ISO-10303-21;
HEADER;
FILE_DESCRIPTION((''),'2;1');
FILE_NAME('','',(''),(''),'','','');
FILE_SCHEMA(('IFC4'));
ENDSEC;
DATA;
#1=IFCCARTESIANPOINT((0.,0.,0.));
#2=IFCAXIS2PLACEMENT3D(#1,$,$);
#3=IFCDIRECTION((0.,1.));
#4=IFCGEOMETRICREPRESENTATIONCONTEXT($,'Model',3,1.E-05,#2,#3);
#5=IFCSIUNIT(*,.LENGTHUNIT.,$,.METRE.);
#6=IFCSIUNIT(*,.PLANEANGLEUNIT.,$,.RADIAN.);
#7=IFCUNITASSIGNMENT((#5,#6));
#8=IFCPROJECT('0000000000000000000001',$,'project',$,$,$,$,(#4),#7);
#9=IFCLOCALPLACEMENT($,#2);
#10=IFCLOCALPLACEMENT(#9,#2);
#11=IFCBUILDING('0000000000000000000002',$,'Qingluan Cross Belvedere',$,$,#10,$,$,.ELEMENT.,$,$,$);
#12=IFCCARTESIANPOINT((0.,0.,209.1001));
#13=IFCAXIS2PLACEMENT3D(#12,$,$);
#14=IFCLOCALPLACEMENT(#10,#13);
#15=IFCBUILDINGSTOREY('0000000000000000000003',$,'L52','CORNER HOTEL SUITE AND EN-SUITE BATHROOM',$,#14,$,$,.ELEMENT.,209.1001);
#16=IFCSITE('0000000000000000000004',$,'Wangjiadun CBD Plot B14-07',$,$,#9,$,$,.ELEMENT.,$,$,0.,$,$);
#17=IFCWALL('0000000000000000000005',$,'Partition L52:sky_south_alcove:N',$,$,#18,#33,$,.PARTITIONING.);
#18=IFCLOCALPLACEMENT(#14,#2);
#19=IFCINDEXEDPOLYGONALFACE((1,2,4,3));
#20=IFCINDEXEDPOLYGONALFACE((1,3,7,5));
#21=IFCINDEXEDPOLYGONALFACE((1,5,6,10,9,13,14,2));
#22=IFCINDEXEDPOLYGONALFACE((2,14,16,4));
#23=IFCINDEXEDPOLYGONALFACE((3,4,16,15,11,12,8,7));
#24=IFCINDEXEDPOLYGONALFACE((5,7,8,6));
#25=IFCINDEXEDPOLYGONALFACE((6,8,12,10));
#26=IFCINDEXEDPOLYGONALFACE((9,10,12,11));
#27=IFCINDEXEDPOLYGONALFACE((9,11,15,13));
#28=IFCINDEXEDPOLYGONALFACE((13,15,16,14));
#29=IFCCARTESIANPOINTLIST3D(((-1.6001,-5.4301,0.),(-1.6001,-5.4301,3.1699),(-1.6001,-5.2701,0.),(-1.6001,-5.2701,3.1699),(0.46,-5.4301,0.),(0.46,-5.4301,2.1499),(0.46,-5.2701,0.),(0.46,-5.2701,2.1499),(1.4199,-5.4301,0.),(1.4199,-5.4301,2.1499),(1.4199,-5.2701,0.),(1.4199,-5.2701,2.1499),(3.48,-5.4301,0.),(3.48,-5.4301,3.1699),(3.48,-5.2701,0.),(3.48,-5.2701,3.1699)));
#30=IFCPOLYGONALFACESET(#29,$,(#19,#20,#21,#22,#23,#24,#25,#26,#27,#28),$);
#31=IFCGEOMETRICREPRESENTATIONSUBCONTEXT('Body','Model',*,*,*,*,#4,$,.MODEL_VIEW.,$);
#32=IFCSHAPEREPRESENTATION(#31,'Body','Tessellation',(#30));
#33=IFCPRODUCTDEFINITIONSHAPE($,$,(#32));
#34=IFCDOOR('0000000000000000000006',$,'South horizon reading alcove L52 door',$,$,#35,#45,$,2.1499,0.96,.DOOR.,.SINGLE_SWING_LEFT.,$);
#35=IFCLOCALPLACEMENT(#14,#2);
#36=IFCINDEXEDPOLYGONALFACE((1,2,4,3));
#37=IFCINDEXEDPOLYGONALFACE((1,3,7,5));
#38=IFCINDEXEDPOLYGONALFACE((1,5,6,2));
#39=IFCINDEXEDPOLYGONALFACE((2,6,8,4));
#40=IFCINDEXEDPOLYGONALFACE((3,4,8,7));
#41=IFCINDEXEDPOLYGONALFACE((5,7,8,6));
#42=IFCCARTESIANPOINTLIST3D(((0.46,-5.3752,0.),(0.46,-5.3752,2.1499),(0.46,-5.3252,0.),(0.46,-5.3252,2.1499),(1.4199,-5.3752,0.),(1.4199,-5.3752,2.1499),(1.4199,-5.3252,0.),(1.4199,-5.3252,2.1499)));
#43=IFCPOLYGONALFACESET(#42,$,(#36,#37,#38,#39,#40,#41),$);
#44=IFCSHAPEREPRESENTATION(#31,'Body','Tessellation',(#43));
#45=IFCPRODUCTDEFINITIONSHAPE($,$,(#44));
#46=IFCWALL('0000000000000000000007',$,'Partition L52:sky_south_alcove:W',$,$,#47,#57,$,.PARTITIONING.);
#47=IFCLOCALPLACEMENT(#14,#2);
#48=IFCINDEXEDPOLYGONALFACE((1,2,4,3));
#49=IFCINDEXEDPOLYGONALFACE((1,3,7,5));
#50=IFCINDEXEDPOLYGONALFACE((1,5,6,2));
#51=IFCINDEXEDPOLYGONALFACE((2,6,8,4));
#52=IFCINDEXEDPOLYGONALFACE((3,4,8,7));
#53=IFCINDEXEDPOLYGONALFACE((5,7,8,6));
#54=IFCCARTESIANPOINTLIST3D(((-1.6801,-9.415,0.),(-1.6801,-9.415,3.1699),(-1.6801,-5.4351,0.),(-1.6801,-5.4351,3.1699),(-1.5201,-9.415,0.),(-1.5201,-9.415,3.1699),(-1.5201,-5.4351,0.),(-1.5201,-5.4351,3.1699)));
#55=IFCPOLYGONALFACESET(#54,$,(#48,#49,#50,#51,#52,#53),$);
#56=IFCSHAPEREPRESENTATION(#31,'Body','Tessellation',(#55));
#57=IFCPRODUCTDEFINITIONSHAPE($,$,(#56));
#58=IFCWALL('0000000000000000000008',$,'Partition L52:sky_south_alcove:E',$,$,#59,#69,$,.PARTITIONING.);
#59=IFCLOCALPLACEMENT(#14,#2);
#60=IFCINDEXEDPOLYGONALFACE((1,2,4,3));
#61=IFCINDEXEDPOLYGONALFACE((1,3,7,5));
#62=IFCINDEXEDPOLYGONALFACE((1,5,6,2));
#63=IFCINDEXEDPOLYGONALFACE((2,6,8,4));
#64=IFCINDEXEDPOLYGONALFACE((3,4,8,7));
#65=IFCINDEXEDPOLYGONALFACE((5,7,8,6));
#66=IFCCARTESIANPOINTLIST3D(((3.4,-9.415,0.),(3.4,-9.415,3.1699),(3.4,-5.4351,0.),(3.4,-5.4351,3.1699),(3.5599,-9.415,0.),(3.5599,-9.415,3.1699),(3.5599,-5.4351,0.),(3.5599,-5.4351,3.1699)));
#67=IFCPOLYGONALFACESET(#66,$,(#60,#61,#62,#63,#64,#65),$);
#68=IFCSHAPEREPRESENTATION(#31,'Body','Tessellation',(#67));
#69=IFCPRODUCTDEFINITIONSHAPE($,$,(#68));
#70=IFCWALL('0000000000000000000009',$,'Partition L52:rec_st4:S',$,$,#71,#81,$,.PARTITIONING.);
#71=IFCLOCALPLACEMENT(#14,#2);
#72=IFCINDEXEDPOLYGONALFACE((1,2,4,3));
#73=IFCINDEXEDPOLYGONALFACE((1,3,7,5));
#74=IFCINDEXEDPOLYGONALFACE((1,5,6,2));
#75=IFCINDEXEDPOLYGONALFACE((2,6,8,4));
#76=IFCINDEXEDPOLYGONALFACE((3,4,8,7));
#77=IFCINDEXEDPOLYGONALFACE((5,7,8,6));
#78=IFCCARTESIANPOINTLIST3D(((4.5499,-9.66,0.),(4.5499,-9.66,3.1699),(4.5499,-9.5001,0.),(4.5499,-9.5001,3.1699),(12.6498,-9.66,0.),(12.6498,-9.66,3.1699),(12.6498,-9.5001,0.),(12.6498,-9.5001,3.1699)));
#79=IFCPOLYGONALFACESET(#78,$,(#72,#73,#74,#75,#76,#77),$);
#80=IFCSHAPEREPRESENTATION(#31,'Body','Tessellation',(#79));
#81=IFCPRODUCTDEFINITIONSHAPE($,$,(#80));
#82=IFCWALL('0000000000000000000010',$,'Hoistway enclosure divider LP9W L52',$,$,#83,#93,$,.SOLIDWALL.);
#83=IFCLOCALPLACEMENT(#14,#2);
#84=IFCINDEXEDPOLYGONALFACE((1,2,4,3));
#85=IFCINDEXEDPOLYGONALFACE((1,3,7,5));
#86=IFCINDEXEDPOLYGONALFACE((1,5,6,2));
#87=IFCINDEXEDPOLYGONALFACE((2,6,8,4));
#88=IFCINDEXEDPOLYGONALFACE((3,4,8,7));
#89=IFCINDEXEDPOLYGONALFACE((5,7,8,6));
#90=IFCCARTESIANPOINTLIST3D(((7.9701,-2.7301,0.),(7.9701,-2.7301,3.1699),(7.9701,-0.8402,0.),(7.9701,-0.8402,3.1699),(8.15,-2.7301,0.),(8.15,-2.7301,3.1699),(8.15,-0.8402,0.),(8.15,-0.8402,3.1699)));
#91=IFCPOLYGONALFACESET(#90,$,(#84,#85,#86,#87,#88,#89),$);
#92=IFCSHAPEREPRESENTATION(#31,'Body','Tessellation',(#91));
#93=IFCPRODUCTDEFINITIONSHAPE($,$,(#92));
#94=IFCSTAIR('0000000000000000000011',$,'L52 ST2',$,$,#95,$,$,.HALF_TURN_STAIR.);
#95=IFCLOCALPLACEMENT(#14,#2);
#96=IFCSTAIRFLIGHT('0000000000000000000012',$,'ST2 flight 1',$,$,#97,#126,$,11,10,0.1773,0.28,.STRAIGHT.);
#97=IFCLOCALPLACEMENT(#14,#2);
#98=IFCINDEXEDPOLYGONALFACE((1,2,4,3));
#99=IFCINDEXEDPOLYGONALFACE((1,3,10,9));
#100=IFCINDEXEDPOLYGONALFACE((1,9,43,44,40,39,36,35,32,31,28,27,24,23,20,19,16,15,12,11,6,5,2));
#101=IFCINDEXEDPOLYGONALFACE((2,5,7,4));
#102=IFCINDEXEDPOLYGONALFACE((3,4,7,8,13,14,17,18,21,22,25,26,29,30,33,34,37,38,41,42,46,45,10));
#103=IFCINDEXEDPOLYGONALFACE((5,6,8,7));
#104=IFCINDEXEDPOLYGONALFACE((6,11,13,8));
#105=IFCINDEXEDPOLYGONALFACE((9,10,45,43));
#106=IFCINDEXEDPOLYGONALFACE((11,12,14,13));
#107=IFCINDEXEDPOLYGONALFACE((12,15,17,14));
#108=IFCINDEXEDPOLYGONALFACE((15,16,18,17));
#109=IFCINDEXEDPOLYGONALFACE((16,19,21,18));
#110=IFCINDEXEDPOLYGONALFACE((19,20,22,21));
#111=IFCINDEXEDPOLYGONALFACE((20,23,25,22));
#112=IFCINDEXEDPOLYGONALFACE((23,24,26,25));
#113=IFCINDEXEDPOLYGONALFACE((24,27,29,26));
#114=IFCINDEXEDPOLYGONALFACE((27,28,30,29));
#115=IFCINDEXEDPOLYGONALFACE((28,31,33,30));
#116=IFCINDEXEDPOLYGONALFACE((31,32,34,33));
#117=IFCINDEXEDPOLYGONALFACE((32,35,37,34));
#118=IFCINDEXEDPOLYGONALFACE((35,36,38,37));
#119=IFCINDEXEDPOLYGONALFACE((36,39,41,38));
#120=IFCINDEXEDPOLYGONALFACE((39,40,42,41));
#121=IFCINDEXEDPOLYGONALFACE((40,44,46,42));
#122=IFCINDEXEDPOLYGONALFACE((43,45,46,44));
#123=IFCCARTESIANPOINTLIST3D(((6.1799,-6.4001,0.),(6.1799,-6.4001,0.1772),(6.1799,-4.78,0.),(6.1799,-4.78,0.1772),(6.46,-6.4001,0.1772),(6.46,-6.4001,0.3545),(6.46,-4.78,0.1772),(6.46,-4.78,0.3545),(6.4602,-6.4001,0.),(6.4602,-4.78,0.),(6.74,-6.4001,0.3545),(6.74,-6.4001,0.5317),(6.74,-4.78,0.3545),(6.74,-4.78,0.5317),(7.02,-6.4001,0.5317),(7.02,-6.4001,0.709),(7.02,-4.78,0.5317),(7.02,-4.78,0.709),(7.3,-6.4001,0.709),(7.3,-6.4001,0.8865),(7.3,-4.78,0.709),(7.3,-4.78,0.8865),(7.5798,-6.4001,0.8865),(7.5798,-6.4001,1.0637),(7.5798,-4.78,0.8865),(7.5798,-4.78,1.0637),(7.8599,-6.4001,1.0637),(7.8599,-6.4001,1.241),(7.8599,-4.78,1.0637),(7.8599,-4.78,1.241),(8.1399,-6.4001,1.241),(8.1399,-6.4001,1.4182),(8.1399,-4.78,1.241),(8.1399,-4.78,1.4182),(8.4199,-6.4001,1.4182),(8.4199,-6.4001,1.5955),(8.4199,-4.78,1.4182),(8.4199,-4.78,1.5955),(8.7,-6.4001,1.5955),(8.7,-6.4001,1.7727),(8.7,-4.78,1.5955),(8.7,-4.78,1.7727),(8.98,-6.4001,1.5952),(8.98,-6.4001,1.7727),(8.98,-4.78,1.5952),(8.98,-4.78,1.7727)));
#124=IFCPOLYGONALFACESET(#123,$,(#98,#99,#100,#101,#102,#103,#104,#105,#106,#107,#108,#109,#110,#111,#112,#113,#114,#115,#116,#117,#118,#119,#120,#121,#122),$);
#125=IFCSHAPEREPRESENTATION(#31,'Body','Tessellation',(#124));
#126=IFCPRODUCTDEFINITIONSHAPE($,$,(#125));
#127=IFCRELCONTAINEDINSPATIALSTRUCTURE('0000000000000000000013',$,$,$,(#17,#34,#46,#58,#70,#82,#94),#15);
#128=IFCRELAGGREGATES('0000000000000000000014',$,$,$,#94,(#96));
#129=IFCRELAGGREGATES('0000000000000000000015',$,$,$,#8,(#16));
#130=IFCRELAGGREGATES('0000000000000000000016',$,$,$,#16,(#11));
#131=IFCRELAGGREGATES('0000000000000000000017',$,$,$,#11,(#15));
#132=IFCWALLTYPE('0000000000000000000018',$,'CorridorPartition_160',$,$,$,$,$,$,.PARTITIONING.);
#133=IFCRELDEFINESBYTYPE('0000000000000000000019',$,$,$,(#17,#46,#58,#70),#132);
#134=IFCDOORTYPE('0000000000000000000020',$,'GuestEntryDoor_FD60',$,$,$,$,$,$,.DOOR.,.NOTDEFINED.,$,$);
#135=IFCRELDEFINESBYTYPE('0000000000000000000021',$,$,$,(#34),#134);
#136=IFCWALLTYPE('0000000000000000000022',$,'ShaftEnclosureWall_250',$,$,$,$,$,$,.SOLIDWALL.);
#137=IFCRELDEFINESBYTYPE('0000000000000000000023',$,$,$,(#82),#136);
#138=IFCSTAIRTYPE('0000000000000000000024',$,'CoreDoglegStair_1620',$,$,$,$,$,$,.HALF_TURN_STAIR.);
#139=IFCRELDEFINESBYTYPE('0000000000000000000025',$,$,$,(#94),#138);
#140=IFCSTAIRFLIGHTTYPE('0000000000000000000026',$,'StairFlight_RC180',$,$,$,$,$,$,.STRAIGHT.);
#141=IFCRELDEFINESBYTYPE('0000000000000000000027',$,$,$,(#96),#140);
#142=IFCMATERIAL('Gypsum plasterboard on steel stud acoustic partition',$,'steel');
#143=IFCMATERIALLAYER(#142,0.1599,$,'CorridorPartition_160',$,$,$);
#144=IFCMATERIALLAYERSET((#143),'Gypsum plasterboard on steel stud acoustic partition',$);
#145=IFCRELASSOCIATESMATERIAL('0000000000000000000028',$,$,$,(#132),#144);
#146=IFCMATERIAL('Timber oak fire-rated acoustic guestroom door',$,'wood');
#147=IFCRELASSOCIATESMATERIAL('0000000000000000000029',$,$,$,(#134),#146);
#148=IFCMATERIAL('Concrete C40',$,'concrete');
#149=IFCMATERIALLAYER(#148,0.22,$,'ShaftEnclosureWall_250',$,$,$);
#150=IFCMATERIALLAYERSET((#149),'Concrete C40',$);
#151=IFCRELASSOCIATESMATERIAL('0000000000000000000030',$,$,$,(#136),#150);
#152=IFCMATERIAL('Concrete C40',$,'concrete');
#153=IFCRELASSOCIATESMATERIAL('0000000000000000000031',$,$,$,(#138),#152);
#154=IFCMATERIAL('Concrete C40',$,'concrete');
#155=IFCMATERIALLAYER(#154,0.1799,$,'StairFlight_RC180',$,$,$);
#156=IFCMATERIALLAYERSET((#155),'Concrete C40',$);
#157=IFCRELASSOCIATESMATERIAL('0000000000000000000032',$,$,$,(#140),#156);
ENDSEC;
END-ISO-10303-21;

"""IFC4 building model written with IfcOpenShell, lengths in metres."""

from ifc_helpers import new_model, si_unit, direction, frame, frame_2d, origin, place, context, subcontext, project, spatial, polyline, rectangle, outline, extrude, material, layer, layer_set, type_object, element, fill, aggregate, save


model = new_model("IFC4")

# Units and contexts
model_context = context("Model", 3, precision=1e-05, world=origin(), true_north=direction((0.0, 1.0)))
body_context = subcontext(model_context, "Body", "Model", "MODEL_VIEW")
ifc_project = project(units=[si_unit("LENGTHUNIT", "METRE"), si_unit("PLANEANGLEUNIT", "RADIAN")], contexts=[model_context])

# Site, building, storey
site_placement = place(None, origin())
site = spatial("IfcSite", under=ifc_project, at=site_placement, Name="Wangjiadun CBD Plot B14-07", CompositionType="ELEMENT", RefElevation=0.0)
building_placement = place(site_placement, origin())
building = spatial("IfcBuilding", under=site, at=building_placement, Name="Qingluan Cross Belvedere", CompositionType="ELEMENT")
storey_placement = place(building_placement, frame((0.0, 0.0, 209.1001)))
storey = spatial("IfcBuildingStorey", under=building, at=storey_placement, Name="L52", Description="CORNER HOTEL SUITE AND EN-SUITE BATHROOM", CompositionType="ELEMENT", Elevation=209.1001)

# Shared definitions
ifc_material_1 = material(Name="Gypsum plasterboard on steel stud acoustic partition", Category="steel")
ifc_layer_1 = layer(ifc_material_1, 0.1599, Name="CorridorPartition_160")
ifc_layer_set_1 = layer_set([ifc_layer_1], Name="Gypsum plasterboard on steel stud acoustic partition")
wall_type_1 = type_object("IfcWallType", Name="CorridorPartition_160", PredefinedType="PARTITIONING", material=ifc_layer_set_1)
ifc_material_2 = material(Name="Timber oak fire-rated acoustic guestroom door", Category="wood")
door_type_1 = type_object("IfcDoorType", Name="GuestEntryDoor_FD60", OperationType="NOTDEFINED", PredefinedType="DOOR", material=ifc_material_2)

# Wall, opening, door
wall_1_placement = place(storey_placement, frame((-1.6001, -5.3501, 0.0), z_axis=(0.0, 0.0, 1.0), x_axis=(1.0, 0.0, 0.0)))
wall_1 = element("IfcWall", 1, at=wall_1_placement, inside=storey, type_object=wall_type_1, Name="Partition L52:sky_south_alcove:N", PredefinedType="PARTITIONING", context=body_context, shape_type="SweptSolid", body=[
    extrude(rectangle(XDim=5.0801, YDim=0.1599, at=frame_2d((2.54, 0.0))), origin(), (0.0, 0.0, 1.0), 3.1699),
])
opening_1_placement = place(wall_1_placement, frame((2.0601, 0.0, 0.0)))
opening_1 = element("IfcOpeningElement", 2, at=opening_1_placement, cuts=wall_1, PredefinedType="OPENING", context=body_context, shape_type="SweptSolid", body=[
    extrude(rectangle(XDim=0.96, YDim=2.1499, at=frame_2d((0.48, 1.075))), frame((0.0, 0.0898, 0.0), z_axis=(0.0, -1.0, 0.0), x_axis=(1.0, 0.0, 0.0)), (0.0, 0.0, 1.0), 0.1799),
])
door_1_placement = place(opening_1_placement, origin())
door_1 = element("IfcDoor", 3, at=door_1_placement, inside=storey, type_object=door_type_1, Name="South horizon reading alcove L52 door", OperationType="SINGLE_SWING_LEFT", OverallHeight=2.1499, OverallWidth=0.96, PredefinedType="DOOR", context=body_context, shape_type="SweptSolid", body=[
    extrude(rectangle(XDim=0.96, YDim=2.1499, at=frame_2d((0.48, 1.075))), frame((0.0, 0.0249, 0.0), z_axis=(0.0, -1.0, 0.0), x_axis=(1.0, 0.0, 0.0)), (0.0, 0.0, 1.0), 0.05),
])
fill(opening_1, door_1)

# Walls
for number, where, z_axis, x_axis, name in (
    (4, (-1.6001, -9.415, 0.0), (0.0, 0.0, 1.0), (0.0, 1.0, 0.0), "Partition L52:sky_south_alcove:W"),
    (5, (3.48, -9.415, 0.0), (0.0, 0.0, 1.0), (0.0, 1.0, 0.0), "Partition L52:sky_south_alcove:E"),
):
    element("IfcWall", number, at=place(storey_placement, frame(where, z_axis=z_axis, x_axis=x_axis)), inside=storey, type_object=wall_type_1, Name=name, PredefinedType="PARTITIONING", context=body_context, shape_type="SweptSolid", body=[
        extrude(rectangle(XDim=3.98, YDim=0.1599, at=frame_2d((1.99, 0.0))), origin(), (0.0, 0.0, 1.0), 3.1699),
    ])
wall_2_placement = place(storey_placement, frame((4.55, -9.5801, 0.0), z_axis=(0.0, 0.0, 1.0), x_axis=(1.0, 0.0, 0.0)))
element("IfcWall", 6, at=wall_2_placement, inside=storey, type_object=wall_type_1, Name="Partition L52:rec_st4:S", PredefinedType="PARTITIONING", context=body_context, shape_type="SweptSolid", body=[
    extrude(rectangle(XDim=8.0999, YDim=0.1599, at=frame_2d((4.0498, 0.0))), origin(), (0.0, 0.0, 1.0), 3.1699),
])

# Wall
ifc_material_3 = material(Name="Concrete C40", Category="concrete")
ifc_layer_2 = layer(ifc_material_3, 0.22, Name="ShaftEnclosureWall_250")
ifc_layer_set_2 = layer_set([ifc_layer_2], Name="Concrete C40")
wall_type_2 = type_object("IfcWallType", Name="ShaftEnclosureWall_250", PredefinedType="SOLIDWALL", material=ifc_layer_set_2)
wall_3_placement = place(storey_placement, frame((8.0601, -2.73, 0.0), z_axis=(0.0, 0.0, 1.0), x_axis=(0.0, 1.0, 0.0)))
element("IfcWall", 7, at=wall_3_placement, inside=storey, type_object=wall_type_2, Name="Hoistway enclosure divider LP9W L52", PredefinedType="SOLIDWALL", context=body_context, shape_type="SweptSolid", body=[
    extrude(rectangle(XDim=1.8899, YDim=0.1799, at=frame_2d((0.9448, 0.0))), origin(), (0.0, 0.0, 1.0), 3.1699),
])

# Stair, stair flight
ifc_material_4 = material(Name="Concrete C40", Category="concrete")
stair_type = type_object("IfcStairType", Name="CoreDoglegStair_1620", PredefinedType="HALF_TURN_STAIR", material=ifc_material_4)
stair_placement = place(storey_placement, origin())
stair = element("IfcStair", 8, at=stair_placement, inside=storey, type_object=stair_type, Name="L52 ST2", PredefinedType="HALF_TURN_STAIR")
ifc_material_5 = material(Name="Concrete C40", Category="concrete")
ifc_layer_3 = layer(ifc_material_5, 0.1799, Name="StairFlight_RC180")
ifc_layer_set_3 = layer_set([ifc_layer_3], Name="Concrete C40")
stair_flight_type = type_object("IfcStairFlightType", Name="StairFlight_RC180", PredefinedType="STRAIGHT", material=ifc_layer_set_3)
stair_flight_placement = place(storey_placement, frame((6.1799, -5.5901, 0.0), z_axis=(0.0, 0.0, 1.0), x_axis=(1.0, 0.0, 0.0)))
stair_flight = element("IfcStairFlight", 9, at=stair_flight_placement, type_object=stair_flight_type, Name="ST2 flight 1", NumberOfRisers=11, NumberOfTreads=10, PredefinedType="STRAIGHT", RiserHeight=0.1773, TreadLength=0.28, context=body_context, shape_type="SweptSolid", body=[
    extrude(outline(polyline([(0.0, 0.0), (0.0, 0.1772), (0.28, 0.1772), (0.28, 0.3545), (0.5601, 0.3545), (0.5601, 0.5317), (0.8401, 0.5317), (0.8401, 0.709), (1.1201, 0.709), (1.1201, 0.8865), (1.3999, 0.8865), (1.3999, 1.0637), (1.6799, 1.0637), (1.6799, 1.241), (1.96, 1.241), (1.96, 1.4182), (2.24, 1.4182), (2.24, 1.5955), (2.52, 1.5955), (2.52, 1.7727), (2.8, 1.7727), (2.8, 1.95), (2.8, 1.5952), (0.2803, 0.0), (0.0, 0.0)])), frame((0.0, 0.8101, 0.0), z_axis=(0.0, -1.0, 0.0), x_axis=(1.0, 0.0, 0.0)), (0.0, 0.0, 1.0), 1.6201),
])
aggregate(stair, [stair_flight])

save(model, "model.ifc")
